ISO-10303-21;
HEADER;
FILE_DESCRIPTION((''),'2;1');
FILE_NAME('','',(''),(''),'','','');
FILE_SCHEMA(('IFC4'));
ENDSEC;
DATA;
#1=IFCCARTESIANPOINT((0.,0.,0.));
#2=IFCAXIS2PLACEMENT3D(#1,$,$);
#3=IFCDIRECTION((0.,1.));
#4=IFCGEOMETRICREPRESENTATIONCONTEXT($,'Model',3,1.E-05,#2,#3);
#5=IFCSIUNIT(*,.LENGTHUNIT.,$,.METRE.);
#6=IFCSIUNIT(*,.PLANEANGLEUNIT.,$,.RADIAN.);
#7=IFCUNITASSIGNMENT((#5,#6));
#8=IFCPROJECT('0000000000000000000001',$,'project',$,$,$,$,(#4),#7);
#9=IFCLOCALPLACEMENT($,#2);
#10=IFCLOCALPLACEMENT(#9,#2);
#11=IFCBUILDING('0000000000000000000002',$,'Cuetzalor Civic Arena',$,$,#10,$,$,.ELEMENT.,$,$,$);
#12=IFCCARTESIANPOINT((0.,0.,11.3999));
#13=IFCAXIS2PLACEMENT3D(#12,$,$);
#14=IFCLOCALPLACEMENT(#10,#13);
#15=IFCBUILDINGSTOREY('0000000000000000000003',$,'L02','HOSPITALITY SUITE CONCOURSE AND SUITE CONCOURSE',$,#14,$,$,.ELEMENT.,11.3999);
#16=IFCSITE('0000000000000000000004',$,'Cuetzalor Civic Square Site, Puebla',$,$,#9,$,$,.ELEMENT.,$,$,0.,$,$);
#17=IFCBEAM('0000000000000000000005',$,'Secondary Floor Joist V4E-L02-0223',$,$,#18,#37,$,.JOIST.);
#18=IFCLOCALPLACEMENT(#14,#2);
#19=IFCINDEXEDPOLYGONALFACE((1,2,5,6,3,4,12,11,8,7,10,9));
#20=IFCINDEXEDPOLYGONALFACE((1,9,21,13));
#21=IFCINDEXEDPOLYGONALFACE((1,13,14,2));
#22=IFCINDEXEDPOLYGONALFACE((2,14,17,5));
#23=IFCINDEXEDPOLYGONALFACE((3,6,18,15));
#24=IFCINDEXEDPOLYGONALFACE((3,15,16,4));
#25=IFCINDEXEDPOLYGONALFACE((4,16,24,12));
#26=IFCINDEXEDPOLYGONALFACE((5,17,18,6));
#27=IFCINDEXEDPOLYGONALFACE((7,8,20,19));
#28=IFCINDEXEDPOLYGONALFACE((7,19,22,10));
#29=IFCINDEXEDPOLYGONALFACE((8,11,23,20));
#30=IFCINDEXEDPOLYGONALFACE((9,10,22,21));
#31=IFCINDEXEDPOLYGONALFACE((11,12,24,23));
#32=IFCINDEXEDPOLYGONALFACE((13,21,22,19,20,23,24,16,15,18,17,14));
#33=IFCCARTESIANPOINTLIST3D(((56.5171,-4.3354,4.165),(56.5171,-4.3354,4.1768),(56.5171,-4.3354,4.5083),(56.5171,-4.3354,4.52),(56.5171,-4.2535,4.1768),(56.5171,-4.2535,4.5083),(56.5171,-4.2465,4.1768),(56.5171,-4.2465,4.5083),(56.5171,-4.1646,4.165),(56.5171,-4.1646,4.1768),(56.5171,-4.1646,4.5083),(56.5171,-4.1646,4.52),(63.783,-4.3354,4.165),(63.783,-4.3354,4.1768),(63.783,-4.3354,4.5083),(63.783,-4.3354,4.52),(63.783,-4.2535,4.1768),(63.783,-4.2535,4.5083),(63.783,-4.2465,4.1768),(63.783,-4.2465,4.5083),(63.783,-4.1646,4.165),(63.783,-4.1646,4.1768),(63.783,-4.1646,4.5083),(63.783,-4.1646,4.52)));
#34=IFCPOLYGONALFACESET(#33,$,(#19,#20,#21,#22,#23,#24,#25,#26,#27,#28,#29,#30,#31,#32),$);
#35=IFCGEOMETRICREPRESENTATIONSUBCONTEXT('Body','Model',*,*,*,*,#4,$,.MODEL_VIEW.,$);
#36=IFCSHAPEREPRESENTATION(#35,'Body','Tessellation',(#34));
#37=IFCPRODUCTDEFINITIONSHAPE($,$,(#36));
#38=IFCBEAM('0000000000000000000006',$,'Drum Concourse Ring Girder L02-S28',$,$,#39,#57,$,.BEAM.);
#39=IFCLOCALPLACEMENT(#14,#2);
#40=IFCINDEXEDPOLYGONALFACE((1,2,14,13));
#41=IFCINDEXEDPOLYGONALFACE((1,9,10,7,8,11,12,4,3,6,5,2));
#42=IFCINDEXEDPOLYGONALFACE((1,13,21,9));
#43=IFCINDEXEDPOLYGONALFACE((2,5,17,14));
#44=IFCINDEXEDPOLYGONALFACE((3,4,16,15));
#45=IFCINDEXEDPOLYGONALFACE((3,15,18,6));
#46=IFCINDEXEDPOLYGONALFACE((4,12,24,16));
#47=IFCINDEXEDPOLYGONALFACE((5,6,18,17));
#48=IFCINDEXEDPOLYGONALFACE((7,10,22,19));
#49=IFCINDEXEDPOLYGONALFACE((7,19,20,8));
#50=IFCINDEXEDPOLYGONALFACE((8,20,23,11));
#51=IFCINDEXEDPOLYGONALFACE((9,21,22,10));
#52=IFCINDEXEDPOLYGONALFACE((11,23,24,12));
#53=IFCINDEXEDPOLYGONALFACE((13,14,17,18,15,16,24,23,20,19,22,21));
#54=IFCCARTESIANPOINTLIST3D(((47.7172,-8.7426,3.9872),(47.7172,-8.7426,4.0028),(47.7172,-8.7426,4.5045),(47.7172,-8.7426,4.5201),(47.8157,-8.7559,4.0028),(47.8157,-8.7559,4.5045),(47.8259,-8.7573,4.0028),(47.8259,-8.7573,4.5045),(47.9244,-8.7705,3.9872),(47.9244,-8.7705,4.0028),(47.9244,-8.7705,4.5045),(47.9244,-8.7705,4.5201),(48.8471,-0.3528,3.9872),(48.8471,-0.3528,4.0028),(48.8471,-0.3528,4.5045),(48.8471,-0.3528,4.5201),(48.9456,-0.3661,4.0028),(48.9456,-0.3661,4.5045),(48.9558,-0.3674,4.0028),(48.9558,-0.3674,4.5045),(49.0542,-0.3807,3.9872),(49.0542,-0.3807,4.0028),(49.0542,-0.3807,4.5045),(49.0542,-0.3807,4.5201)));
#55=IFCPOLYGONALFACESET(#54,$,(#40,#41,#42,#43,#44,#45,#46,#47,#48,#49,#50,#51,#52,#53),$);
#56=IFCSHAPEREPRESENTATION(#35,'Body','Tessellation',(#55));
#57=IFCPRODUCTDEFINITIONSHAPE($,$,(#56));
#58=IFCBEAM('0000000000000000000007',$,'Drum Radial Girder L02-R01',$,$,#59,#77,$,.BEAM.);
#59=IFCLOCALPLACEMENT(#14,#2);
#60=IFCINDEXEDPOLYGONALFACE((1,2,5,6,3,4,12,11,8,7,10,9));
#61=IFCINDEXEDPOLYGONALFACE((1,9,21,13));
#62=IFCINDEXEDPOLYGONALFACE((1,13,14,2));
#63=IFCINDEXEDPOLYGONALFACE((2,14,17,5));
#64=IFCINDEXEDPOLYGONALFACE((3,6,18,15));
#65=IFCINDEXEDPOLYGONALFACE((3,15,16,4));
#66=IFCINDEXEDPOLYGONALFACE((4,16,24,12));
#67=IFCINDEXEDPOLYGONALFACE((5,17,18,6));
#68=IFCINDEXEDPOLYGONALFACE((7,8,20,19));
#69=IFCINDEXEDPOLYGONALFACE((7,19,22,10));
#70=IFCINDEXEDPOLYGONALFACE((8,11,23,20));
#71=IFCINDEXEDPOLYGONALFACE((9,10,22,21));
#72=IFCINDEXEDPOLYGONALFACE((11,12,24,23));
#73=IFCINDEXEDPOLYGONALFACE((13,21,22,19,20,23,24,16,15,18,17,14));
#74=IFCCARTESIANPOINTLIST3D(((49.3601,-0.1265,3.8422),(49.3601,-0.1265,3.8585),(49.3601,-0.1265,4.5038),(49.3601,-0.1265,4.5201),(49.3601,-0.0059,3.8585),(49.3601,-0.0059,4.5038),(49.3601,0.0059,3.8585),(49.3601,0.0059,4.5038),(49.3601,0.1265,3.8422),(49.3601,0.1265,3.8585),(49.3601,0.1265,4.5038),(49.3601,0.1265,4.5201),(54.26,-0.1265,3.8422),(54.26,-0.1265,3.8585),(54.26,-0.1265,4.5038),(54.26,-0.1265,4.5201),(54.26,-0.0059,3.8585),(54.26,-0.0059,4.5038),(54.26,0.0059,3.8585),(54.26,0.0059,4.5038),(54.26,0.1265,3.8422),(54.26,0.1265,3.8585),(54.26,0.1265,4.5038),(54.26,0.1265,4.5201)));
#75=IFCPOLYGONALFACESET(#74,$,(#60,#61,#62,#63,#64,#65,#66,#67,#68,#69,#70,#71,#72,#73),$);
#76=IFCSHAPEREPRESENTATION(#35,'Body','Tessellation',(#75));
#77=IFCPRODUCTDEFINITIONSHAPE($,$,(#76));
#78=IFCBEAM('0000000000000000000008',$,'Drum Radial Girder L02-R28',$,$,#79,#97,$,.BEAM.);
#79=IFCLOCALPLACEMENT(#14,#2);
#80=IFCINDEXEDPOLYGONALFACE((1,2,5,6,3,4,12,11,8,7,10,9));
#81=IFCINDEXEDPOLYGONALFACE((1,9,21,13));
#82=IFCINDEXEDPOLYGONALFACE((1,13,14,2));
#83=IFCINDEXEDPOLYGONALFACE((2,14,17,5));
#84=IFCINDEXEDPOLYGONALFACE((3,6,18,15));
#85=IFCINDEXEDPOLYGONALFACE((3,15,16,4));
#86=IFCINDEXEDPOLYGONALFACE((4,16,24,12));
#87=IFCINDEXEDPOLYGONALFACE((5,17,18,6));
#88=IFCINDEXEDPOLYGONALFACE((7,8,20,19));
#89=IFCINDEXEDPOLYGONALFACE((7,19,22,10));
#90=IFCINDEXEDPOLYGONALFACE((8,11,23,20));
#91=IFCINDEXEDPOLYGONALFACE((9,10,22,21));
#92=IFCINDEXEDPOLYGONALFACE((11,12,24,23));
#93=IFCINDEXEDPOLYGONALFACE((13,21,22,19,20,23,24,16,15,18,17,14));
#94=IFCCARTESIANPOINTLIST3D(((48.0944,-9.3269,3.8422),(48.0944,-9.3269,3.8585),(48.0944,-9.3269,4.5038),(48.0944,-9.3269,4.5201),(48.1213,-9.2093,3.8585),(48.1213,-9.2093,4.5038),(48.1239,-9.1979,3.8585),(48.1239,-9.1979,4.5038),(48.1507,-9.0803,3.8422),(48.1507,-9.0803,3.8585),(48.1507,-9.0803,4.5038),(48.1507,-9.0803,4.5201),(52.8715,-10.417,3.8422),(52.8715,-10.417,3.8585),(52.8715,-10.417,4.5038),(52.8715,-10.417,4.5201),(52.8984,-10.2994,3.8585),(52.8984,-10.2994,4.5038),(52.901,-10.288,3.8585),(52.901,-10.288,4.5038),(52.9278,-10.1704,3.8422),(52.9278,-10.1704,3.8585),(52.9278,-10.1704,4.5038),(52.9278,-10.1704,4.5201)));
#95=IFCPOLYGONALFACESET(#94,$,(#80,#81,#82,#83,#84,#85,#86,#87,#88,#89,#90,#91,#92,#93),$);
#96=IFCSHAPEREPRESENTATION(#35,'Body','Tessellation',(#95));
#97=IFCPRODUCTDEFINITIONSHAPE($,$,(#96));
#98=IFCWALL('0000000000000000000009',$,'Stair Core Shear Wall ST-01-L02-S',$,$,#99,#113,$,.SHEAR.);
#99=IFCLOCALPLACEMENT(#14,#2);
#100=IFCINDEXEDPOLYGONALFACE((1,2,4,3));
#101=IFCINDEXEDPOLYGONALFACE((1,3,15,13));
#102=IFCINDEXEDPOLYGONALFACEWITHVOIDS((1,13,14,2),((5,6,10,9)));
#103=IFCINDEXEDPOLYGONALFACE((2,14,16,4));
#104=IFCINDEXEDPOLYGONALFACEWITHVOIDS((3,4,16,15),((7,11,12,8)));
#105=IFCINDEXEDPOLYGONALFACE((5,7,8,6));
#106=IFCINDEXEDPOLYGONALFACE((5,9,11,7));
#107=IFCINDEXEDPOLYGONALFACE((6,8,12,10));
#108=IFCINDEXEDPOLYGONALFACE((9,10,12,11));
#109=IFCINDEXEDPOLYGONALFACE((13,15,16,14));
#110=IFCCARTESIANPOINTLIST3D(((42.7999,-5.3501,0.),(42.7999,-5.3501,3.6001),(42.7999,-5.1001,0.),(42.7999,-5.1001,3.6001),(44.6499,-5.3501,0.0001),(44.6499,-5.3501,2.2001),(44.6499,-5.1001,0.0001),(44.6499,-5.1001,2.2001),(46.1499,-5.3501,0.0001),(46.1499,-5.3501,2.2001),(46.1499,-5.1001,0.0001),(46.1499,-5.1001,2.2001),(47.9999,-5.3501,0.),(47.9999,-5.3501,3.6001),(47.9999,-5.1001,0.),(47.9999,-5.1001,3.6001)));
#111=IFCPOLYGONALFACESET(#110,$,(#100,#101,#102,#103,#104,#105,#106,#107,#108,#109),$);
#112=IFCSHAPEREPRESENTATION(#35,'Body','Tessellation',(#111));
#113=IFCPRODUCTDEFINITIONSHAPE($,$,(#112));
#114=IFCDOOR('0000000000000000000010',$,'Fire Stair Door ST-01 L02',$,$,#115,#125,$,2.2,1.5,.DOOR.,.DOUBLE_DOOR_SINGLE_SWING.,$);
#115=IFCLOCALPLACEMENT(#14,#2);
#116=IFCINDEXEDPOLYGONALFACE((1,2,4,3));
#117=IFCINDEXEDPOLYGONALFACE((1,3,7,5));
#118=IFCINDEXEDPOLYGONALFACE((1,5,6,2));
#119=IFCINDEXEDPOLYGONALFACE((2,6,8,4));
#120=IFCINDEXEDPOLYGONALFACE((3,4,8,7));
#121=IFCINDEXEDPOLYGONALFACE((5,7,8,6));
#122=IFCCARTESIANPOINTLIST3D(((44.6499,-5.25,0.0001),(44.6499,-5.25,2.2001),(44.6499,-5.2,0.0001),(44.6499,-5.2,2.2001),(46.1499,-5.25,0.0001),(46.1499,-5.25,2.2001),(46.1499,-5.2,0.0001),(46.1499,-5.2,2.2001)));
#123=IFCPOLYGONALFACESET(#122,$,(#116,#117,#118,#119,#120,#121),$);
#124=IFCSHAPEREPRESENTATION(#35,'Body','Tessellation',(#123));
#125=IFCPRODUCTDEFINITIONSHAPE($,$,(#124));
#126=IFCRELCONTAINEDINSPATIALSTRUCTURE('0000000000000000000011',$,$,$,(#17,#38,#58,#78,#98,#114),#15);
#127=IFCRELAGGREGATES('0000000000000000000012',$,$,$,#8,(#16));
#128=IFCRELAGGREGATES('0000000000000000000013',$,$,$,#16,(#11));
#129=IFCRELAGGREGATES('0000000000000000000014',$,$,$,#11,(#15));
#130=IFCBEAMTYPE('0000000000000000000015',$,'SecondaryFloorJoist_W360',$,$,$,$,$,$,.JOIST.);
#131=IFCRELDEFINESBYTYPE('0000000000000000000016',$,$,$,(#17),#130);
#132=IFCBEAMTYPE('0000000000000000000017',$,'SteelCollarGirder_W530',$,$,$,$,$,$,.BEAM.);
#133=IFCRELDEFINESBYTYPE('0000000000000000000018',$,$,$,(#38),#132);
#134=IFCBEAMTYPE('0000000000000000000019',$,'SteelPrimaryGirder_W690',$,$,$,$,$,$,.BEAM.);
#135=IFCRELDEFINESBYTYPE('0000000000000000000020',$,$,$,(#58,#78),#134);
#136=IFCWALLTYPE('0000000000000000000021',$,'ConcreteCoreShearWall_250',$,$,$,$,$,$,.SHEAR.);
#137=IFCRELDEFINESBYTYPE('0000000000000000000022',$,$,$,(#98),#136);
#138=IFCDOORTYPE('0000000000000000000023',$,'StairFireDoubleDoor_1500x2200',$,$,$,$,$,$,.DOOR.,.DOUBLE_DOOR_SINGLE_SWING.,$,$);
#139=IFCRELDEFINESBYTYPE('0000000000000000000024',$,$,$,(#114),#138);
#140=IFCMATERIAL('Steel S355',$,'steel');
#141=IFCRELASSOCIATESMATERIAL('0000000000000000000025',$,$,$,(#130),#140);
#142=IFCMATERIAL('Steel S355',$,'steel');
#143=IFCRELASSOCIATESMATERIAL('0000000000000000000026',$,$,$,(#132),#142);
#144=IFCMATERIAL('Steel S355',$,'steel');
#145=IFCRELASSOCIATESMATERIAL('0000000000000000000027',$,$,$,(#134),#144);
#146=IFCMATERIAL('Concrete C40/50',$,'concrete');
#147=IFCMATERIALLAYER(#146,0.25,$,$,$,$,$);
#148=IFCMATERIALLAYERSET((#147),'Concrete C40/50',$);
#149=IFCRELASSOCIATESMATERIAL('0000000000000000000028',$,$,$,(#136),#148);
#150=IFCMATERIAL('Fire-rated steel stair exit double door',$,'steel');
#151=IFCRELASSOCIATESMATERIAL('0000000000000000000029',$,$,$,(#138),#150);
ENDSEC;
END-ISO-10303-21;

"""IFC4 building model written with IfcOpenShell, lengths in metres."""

from ifc_helpers import new_model, si_unit, direction, frame, frame_2d, origin, origin_2d, place, context, subcontext, project, spatial, rectangle, i_section, extrude, material, layer, layer_set, material_profile, profile_set, type_object, element, fill, save


model = new_model("IFC4")

# Units and contexts
model_context = context("Model", 3, precision=1e-05, world=origin(), true_north=direction((0.0, 1.0)))
body_context = subcontext(model_context, "Body", "Model", "MODEL_VIEW")
ifc_project = project(units=[si_unit("LENGTHUNIT", "METRE"), si_unit("PLANEANGLEUNIT", "RADIAN")], contexts=[model_context])

# Site, building, storey
site_placement = place(None, origin())
site = spatial("IfcSite", under=ifc_project, at=site_placement, Name="Cuetzalor Civic Square Site, Puebla", CompositionType="ELEMENT", RefElevation=0.0)
building_placement = place(site_placement, origin())
building = spatial("IfcBuilding", under=site, at=building_placement, Name="Cuetzalor Civic Arena", CompositionType="ELEMENT")
storey_placement = place(building_placement, frame((0.0, 0.0, 11.3999)))
storey = spatial("IfcBuildingStorey", under=building, at=storey_placement, Name="L02", Description="HOSPITALITY SUITE CONCOURSE AND SUITE CONCOURSE", CompositionType="ELEMENT", Elevation=11.3999)

# Beams
ifc_material_1 = material(Name="Steel S355", Category="steel")
ifc_material_profile_1 = material_profile(ifc_material_1, i_section(OverallWidth=0.1709, OverallDepth=0.355, WebThickness=0.0071, FlangeThickness=0.0117, at=origin_2d()), Name="W360x51")
ifc_profile_set_1 = profile_set([ifc_material_profile_1], Name="Steel S355")
beam_type_1 = type_object("IfcBeamType", Name="SecondaryFloorJoist_W360", PredefinedType="JOIST", material=ifc_profile_set_1)
beam_1_placement = place(storey_placement, frame((56.5171, -4.25, 4.3425), z_axis=(1.0, 0.0, 0.0), x_axis=(0.0, 1.0, 0.0)))
element("IfcBeam", 1, at=beam_1_placement, inside=storey, type_object=beam_type_1, Name="Secondary Floor Joist V4E-L02-0223", PredefinedType="JOIST", context=body_context, shape_type="SweptSolid", body=[
    extrude(i_section(OverallWidth=0.1709, OverallDepth=0.355, WebThickness=0.0071, FlangeThickness=0.0117, at=origin_2d()), origin(), (0.0, 0.0, 1.0), 7.2659),
])
ifc_material_2 = material(Name="Steel S355", Category="steel")
ifc_material_profile_2 = material_profile(ifc_material_2, i_section(OverallWidth=0.209, OverallDepth=0.533, WebThickness=0.0103, FlangeThickness=0.0156, at=origin_2d()), Name="W530x92")
ifc_profile_set_2 = profile_set([ifc_material_profile_2], Name="Steel S355")
beam_type_2 = type_object("IfcBeamType", Name="SteelCollarGirder_W530", PredefinedType="BEAM", material=ifc_profile_set_2)
beam_2_placement = place(storey_placement, frame((47.8208, -8.7566, 4.2537), z_axis=(0.133467, 0.991053, 0.0), x_axis=(-0.991053, 0.133467, 0.0)))
element("IfcBeam", 2, at=beam_2_placement, inside=storey, type_object=beam_type_2, Name="Drum Concourse Ring Girder L02-S28", PredefinedType="BEAM", context=body_context, shape_type="SweptSolid", body=[
    extrude(i_section(OverallWidth=0.209, OverallDepth=0.533, WebThickness=0.0103, FlangeThickness=0.0156, at=origin_2d()), origin(), (0.0, 0.0, 1.0), 8.4656),
])
ifc_material_3 = material(Name="Steel S355", Category="steel")
ifc_material_profile_3 = material_profile(ifc_material_3, i_section(OverallWidth=0.2529, OverallDepth=0.678, WebThickness=0.0117, FlangeThickness=0.0164, at=origin_2d()), Name="W690x125")
ifc_profile_set_3 = profile_set([ifc_material_profile_3], Name="Steel S355")
beam_type_3 = type_object("IfcBeamType", Name="SteelPrimaryGirder_W690", PredefinedType="BEAM", material=ifc_profile_set_3)
for number, where, z_axis, x_axis, name in (
    (3, (49.3601, 0.0, 4.1812), (1.0, 0.0, 0.0), (0.0, 1.0, 0.0), "Drum Radial Girder L02-R01"),
    (4, (48.1226, -9.2036, 4.1812), (0.974939, -0.222472, 0.0), (0.222472, 0.974939, 0.0), "Drum Radial Girder L02-R28"),
):
    element("IfcBeam", number, at=place(storey_placement, frame(where, z_axis=z_axis, x_axis=x_axis)), inside=storey, type_object=beam_type_3, Name=name, PredefinedType="BEAM", context=body_context, shape_type="SweptSolid", body=[
        extrude(i_section(OverallWidth=0.2529, OverallDepth=0.678, WebThickness=0.0117, FlangeThickness=0.0164, at=origin_2d()), origin(), (0.0, 0.0, 1.0), 4.8999),
    ])

# Wall, opening, door
ifc_material_4 = material(Name="Concrete C40/50", Category="concrete")
ifc_layer_1 = layer(ifc_material_4, 0.25)
ifc_layer_set_1 = layer_set([ifc_layer_1], Name="Concrete C40/50")
wall_type_1 = type_object("IfcWallType", Name="ConcreteCoreShearWall_250", PredefinedType="SHEAR", material=ifc_layer_set_1)
wall_1_placement = place(storey_placement, frame((48.0, -5.2251, 0.0), z_axis=(0.0, 0.0, 1.0), x_axis=(-1.0, 0.0, 0.0)))
wall_1 = element("IfcWall", 5, at=wall_1_placement, inside=storey, type_object=wall_type_1, Name="Stair Core Shear Wall ST-01-L02-S", PredefinedType="SHEAR", context=body_context, shape_type="SweptSolid", body=[
    extrude(rectangle(XDim=5.2, YDim=0.25, at=frame_2d((2.6001, 0.0))), origin(), (0.0, 0.0, 1.0), 3.6001),
])
opening_1_placement = place(wall_1_placement, frame((1.8501, 0.0, 0.0)))
opening_1 = element("IfcOpeningElement", 6, at=opening_1_placement, cuts=wall_1, PredefinedType="OPENING", context=body_context, shape_type="SweptSolid", body=[
    extrude(rectangle(XDim=1.5, YDim=2.2, at=frame_2d((0.75, 1.1001))), frame((0.0, 0.135, 0.0), z_axis=(0.0, -1.0, 0.0), x_axis=(1.0, 0.0, 0.0)), (0.0, 0.0, 1.0), 0.27),
])
ifc_material_5 = material(Name="Fire-rated steel stair exit double door", Category="steel")
door_type_1 = type_object("IfcDoorType", Name="StairFireDoubleDoor_1500x2200", OperationType="DOUBLE_DOOR_SINGLE_SWING", PredefinedType="DOOR", material=ifc_material_5)
door_1_placement = place(opening_1_placement, origin())
door_1 = element("IfcDoor", 7, at=door_1_placement, inside=storey, type_object=door_type_1, Name="Fire Stair Door ST-01 L02", OperationType="DOUBLE_DOOR_SINGLE_SWING", OverallHeight=2.2, OverallWidth=1.5, PredefinedType="DOOR", context=body_context, shape_type="SweptSolid", body=[
    extrude(rectangle(XDim=1.5, YDim=2.2, at=frame_2d((0.75, 1.1001))), frame((0.0, 0.0249, 0.0), z_axis=(0.0, -1.0, 0.0), x_axis=(1.0, 0.0, 0.0)), (0.0, 0.0, 1.0), 0.05),
])
fill(opening_1, door_1)

save(model, "model.ifc")
